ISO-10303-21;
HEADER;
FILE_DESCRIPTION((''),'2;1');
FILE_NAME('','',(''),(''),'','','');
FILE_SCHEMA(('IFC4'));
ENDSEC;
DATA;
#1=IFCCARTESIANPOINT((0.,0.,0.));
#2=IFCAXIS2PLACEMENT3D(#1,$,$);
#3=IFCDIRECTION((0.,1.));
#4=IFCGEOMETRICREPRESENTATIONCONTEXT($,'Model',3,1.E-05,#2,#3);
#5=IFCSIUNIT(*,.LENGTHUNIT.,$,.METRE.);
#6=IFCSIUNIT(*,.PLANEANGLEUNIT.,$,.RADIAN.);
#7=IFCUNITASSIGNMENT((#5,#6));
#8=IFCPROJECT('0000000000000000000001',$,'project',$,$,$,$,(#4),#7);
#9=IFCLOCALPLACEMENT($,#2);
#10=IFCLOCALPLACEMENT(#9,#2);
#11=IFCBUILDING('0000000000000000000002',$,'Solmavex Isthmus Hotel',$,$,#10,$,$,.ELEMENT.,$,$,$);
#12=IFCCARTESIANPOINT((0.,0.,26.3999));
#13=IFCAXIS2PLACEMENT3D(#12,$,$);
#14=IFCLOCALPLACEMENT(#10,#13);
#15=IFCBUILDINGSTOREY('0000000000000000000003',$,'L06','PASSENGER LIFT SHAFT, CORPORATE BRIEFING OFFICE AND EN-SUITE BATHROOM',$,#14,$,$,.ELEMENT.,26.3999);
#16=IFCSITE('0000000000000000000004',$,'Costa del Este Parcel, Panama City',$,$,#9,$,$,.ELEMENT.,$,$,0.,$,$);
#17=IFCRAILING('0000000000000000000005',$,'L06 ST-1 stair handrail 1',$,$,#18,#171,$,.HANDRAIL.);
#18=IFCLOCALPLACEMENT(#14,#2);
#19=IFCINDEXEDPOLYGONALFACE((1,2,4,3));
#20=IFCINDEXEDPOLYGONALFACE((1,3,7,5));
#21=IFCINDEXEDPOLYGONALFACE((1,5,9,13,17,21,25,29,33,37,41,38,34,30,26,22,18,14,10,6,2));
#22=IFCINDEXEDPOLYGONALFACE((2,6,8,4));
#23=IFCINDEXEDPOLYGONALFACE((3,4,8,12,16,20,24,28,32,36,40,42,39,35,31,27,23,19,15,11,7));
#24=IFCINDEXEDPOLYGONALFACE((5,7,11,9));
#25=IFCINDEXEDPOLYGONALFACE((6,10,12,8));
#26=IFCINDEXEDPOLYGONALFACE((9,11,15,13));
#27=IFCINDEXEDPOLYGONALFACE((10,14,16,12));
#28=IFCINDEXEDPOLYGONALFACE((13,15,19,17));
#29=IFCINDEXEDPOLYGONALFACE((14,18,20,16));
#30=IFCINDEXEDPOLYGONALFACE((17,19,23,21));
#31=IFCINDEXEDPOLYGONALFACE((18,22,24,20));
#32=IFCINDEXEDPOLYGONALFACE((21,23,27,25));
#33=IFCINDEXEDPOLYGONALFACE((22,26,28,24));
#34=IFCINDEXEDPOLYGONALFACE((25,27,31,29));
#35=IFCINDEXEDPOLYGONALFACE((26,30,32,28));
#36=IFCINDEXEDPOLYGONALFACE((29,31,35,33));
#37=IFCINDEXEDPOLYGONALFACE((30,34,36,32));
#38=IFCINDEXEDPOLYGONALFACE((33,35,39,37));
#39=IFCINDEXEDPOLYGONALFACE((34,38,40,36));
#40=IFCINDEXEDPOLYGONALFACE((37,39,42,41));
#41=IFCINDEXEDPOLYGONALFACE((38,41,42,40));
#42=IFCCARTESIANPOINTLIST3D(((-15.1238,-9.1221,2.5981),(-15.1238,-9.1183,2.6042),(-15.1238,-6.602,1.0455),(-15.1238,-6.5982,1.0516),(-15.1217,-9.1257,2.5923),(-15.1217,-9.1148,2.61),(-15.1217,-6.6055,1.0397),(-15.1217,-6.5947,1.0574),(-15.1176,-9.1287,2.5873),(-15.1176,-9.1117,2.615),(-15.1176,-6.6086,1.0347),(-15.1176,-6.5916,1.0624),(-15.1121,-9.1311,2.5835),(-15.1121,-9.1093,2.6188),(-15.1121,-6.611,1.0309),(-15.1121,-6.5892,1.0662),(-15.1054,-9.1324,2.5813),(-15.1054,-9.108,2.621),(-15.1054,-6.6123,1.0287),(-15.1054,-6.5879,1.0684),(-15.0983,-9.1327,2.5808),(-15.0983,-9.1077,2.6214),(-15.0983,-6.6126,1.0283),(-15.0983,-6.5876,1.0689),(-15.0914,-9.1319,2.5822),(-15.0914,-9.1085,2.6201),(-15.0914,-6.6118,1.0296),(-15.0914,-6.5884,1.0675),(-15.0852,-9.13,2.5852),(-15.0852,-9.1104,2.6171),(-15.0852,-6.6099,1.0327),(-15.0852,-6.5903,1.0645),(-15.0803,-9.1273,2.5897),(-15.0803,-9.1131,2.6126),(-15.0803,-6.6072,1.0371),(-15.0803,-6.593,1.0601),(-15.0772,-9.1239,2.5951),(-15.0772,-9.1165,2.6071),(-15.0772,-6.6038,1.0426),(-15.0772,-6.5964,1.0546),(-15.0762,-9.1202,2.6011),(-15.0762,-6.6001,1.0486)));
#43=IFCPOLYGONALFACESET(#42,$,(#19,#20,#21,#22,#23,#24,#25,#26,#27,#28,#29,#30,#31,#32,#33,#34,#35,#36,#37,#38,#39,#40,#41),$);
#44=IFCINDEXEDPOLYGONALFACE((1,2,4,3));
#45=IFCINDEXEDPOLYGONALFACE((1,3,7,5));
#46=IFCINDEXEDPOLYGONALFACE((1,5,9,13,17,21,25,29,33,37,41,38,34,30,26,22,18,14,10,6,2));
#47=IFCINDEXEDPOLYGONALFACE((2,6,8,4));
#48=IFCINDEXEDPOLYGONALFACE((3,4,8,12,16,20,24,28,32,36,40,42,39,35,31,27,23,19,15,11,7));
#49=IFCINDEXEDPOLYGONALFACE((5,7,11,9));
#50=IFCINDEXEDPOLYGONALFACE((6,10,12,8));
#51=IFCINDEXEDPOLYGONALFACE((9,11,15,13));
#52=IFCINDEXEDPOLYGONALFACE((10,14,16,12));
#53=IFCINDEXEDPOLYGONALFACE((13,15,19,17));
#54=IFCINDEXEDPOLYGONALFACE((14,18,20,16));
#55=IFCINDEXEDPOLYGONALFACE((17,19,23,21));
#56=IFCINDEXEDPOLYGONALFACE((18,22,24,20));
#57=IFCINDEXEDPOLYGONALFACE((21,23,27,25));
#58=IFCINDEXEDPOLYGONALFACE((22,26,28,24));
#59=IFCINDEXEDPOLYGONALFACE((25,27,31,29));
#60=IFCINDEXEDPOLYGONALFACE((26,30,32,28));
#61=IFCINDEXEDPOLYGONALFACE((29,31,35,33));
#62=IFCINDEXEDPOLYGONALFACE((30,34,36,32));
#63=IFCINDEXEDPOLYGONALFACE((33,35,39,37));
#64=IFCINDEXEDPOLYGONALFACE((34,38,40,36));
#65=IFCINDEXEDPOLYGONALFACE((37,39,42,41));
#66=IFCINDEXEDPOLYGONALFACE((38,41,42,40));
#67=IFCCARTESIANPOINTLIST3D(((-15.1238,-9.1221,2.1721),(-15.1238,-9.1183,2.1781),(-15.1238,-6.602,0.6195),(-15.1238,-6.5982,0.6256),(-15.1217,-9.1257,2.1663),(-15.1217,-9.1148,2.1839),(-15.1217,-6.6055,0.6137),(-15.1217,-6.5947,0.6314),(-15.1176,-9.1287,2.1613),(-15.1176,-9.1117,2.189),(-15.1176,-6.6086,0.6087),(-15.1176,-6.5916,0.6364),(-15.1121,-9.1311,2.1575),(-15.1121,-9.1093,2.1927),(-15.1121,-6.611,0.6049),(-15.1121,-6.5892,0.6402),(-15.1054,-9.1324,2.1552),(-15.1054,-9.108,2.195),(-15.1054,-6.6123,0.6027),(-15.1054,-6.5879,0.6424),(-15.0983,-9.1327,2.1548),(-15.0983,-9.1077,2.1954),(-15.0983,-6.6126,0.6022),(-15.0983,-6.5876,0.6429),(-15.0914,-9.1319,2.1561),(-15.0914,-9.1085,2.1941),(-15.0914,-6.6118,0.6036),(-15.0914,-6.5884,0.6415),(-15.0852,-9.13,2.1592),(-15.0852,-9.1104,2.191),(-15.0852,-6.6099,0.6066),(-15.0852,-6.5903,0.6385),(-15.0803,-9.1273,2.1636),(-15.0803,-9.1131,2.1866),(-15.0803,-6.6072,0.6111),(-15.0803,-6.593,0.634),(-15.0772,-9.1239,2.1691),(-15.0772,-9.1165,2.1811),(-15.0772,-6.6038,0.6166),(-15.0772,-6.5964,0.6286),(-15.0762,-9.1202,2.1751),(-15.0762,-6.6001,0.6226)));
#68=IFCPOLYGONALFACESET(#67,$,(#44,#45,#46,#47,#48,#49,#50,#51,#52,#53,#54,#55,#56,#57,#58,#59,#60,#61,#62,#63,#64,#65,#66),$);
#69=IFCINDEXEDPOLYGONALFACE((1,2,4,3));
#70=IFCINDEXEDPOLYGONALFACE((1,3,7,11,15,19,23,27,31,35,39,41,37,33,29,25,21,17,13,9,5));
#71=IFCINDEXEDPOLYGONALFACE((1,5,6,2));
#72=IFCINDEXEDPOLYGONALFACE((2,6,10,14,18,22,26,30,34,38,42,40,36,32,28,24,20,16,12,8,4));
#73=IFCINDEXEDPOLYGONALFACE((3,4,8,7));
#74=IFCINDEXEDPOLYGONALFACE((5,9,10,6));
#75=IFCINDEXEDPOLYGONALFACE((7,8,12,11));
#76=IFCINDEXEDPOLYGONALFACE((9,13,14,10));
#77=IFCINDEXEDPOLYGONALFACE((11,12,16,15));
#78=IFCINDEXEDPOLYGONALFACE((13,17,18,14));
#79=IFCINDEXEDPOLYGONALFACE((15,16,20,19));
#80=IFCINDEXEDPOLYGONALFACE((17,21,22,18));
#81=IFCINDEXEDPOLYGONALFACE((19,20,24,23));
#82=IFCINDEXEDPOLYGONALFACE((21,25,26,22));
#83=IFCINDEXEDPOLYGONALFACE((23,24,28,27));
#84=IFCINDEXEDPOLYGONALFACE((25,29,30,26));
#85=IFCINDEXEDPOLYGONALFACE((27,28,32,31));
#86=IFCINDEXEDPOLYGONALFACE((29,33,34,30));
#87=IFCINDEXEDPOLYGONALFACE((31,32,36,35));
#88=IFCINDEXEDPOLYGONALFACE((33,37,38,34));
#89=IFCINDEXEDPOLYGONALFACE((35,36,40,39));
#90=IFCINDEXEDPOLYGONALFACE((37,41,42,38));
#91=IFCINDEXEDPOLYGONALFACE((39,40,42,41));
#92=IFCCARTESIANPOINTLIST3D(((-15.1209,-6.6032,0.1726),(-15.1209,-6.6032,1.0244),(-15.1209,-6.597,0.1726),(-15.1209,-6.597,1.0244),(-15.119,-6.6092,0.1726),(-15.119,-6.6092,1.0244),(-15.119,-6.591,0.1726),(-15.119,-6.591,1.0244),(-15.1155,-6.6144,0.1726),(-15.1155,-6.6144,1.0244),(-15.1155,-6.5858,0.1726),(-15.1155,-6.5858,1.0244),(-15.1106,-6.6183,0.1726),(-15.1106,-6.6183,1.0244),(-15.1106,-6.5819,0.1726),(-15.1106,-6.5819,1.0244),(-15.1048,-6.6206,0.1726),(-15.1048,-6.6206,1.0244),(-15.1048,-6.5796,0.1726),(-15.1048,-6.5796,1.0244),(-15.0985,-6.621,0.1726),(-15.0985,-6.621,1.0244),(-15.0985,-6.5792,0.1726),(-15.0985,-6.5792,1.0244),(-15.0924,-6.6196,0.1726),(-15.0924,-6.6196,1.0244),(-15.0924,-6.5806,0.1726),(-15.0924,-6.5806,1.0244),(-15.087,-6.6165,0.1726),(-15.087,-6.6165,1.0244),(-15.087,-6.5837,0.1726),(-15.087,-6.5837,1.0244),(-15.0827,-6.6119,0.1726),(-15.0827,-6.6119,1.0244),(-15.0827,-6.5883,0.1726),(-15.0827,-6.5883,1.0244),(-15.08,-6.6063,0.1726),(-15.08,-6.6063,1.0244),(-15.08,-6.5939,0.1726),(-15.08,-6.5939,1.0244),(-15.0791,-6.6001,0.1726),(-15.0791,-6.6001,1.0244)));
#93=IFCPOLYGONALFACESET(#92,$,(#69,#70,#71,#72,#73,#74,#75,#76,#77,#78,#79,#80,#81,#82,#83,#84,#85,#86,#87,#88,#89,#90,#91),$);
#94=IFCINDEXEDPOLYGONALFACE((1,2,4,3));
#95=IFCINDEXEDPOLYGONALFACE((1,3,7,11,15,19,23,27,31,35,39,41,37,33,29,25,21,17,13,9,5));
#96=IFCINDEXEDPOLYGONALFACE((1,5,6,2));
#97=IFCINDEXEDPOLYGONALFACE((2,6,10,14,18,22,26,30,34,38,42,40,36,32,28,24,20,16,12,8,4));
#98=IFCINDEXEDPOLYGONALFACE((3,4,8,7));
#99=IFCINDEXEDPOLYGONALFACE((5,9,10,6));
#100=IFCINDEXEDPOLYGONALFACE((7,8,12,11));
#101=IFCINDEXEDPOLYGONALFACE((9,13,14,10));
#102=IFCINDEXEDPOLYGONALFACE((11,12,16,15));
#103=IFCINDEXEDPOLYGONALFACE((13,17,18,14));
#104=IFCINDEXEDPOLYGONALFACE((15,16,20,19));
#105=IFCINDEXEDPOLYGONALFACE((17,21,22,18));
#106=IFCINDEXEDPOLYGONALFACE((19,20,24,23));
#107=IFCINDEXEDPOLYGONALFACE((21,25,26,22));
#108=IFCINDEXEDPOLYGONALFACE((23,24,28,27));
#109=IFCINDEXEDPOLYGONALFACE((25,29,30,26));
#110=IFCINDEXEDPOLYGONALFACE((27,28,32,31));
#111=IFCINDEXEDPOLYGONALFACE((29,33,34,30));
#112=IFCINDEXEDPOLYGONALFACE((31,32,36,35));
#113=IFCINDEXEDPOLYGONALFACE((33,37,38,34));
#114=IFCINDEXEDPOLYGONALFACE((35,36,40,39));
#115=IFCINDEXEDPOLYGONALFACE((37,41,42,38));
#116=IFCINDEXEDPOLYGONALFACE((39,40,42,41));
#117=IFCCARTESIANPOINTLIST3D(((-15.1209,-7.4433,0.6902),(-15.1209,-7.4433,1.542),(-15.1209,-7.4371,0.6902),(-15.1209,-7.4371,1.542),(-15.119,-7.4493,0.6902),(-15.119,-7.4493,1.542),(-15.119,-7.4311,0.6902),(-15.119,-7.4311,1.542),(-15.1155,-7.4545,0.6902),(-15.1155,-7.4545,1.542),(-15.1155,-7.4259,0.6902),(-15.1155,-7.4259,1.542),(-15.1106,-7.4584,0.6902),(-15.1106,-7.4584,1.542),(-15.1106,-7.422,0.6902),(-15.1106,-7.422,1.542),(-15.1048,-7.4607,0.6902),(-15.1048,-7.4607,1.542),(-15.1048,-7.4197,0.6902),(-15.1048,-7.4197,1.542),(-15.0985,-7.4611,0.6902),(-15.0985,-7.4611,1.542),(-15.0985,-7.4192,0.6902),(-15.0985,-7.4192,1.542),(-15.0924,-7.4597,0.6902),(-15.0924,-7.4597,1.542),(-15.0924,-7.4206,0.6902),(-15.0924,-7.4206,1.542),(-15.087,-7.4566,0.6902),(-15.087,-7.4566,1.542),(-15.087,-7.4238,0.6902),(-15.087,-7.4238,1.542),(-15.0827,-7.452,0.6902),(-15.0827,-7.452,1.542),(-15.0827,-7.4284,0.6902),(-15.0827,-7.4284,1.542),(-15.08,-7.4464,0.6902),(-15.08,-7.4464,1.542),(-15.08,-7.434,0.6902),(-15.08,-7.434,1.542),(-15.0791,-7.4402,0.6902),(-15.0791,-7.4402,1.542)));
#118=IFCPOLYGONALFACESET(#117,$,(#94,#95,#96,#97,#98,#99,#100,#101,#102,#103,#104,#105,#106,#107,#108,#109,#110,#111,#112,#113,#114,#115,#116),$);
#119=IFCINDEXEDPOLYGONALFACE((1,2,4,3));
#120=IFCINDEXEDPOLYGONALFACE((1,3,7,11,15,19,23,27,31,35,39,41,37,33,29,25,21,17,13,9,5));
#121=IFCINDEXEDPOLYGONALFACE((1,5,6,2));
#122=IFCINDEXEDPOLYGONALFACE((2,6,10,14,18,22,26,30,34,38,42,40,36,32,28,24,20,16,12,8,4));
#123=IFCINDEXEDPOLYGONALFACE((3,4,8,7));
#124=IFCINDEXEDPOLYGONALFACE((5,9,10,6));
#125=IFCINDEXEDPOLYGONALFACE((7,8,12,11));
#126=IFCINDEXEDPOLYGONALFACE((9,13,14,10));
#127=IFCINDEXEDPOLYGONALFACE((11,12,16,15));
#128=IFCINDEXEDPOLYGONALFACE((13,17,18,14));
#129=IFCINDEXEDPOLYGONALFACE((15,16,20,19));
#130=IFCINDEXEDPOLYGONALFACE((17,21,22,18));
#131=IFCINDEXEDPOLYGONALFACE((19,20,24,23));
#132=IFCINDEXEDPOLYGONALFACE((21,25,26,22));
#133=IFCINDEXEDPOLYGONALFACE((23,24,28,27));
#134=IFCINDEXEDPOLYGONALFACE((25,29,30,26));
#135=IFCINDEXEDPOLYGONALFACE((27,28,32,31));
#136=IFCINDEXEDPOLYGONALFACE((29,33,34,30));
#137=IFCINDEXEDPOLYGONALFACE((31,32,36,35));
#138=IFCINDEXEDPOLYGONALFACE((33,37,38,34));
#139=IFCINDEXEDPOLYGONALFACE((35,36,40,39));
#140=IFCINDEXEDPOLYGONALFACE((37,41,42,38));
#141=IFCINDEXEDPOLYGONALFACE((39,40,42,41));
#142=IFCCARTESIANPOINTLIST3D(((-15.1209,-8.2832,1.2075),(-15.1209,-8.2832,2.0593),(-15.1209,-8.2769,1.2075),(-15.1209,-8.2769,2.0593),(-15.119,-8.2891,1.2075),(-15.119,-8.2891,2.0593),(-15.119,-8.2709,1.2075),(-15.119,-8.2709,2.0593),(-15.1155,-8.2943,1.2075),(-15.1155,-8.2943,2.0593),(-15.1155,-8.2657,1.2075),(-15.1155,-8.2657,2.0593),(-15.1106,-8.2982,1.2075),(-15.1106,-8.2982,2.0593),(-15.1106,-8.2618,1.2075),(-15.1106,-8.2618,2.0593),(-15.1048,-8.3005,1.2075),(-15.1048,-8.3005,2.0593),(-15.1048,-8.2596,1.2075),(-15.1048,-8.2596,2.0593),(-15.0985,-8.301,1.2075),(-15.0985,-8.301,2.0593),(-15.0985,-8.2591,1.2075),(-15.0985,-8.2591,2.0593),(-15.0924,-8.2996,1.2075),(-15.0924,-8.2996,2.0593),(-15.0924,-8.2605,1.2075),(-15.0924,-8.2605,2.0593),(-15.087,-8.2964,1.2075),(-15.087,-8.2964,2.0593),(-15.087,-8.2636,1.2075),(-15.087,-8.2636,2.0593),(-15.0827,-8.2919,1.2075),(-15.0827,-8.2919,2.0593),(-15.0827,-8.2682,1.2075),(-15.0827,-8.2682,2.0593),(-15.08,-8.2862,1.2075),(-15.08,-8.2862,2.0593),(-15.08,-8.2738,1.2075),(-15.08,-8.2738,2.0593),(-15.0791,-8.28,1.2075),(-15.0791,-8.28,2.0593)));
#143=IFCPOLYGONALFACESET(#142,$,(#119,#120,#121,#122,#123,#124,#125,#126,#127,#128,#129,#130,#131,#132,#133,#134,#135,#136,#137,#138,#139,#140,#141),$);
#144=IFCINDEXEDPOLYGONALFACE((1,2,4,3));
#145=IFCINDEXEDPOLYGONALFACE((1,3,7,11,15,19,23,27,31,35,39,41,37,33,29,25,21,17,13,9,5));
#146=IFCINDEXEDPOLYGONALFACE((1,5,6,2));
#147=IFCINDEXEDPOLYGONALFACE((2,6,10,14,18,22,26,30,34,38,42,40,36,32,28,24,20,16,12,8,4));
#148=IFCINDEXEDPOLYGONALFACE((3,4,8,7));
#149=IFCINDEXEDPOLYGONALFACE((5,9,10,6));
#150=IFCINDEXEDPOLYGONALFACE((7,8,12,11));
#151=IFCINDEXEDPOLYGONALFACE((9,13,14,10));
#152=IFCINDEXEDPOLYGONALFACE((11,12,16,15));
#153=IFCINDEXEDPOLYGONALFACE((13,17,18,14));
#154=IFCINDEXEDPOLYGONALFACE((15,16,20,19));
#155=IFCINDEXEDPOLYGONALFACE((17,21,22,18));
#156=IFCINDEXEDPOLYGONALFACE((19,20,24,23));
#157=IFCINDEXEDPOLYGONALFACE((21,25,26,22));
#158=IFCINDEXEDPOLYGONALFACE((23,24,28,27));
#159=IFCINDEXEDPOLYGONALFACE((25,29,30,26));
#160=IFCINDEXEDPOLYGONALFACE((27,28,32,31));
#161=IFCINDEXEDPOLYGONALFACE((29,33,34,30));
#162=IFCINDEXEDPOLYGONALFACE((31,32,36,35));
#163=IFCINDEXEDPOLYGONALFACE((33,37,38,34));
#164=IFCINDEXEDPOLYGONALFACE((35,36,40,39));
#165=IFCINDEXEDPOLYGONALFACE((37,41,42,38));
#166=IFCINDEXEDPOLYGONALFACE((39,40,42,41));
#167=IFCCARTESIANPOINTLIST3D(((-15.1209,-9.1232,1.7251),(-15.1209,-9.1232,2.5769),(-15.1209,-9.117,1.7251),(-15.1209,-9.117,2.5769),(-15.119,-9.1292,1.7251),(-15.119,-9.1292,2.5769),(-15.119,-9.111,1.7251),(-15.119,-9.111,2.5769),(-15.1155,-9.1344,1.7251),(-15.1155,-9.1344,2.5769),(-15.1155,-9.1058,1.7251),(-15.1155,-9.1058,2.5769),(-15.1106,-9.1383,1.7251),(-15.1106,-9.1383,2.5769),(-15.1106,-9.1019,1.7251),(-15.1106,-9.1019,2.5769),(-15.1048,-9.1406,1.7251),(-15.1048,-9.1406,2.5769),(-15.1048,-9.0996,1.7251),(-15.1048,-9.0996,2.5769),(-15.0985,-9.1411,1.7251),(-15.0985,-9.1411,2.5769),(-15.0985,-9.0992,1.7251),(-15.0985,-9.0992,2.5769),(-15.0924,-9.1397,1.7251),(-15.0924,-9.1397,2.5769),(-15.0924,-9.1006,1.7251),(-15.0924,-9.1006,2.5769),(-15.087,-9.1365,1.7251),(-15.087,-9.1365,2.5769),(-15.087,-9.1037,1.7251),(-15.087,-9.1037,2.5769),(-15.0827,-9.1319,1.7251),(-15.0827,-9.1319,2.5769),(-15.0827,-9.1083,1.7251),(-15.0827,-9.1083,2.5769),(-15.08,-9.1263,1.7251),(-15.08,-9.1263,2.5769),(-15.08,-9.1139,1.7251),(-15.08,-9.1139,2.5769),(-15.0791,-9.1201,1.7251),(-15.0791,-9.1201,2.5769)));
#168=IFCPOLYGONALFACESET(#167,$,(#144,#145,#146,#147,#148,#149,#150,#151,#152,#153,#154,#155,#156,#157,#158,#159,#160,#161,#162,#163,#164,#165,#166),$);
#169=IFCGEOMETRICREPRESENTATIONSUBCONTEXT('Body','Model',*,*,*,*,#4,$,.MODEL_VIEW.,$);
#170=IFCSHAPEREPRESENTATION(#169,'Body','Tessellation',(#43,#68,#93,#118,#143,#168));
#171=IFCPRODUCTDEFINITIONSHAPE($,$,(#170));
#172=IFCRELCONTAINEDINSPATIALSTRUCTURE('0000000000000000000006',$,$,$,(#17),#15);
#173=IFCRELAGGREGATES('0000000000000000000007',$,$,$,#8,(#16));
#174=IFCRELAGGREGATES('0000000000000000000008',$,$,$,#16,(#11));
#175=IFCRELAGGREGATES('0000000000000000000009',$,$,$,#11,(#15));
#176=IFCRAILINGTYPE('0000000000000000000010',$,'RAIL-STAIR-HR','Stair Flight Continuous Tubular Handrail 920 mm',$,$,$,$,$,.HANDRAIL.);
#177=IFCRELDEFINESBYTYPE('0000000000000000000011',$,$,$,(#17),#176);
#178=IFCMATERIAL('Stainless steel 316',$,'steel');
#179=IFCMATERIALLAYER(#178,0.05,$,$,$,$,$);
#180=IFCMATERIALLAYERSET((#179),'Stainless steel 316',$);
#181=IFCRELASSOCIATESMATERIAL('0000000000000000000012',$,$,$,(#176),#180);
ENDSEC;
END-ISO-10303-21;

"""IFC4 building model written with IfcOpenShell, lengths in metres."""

from ifc_helpers import new_model, si_unit, direction, frame, origin, origin_2d, place, context, subcontext, project, spatial, circle, extrude, material, layer, layer_set, type_object, element, save


model = new_model("IFC4")

# Units and contexts
model_context = context("Model", 3, precision=1e-05, world=origin(), true_north=direction((0.0, 1.0)))
body_context = subcontext(model_context, "Body", "Model", "MODEL_VIEW")
ifc_project = project(units=[si_unit("LENGTHUNIT", "METRE"), si_unit("PLANEANGLEUNIT", "RADIAN")], contexts=[model_context])

# Site, building, storey
site_placement = place(None, origin())
site = spatial("IfcSite", under=ifc_project, at=site_placement, Name="Costa del Este Parcel, Panama City", CompositionType="ELEMENT", RefElevation=0.0)
building_placement = place(site_placement, origin())
building = spatial("IfcBuilding", under=site, at=building_placement, Name="Solmavex Isthmus Hotel", CompositionType="ELEMENT")
storey_placement = place(building_placement, frame((0.0, 0.0, 26.3999)))
storey = spatial("IfcBuildingStorey", under=building, at=storey_placement, Name="L06", Description="PASSENGER LIFT SHAFT, CORPORATE BRIEFING OFFICE AND EN-SUITE BATHROOM", CompositionType="ELEMENT", Elevation=26.3999)

# Shared definitions
ifc_material_1 = material(Name="Stainless steel 316", Category="steel")

# Railing
ifc_layer_1 = layer(ifc_material_1, 0.05)
ifc_layer_set_1 = layer_set([ifc_layer_1], Name="Stainless steel 316")
railing_type_1 = type_object("IfcRailingType", Name="RAIL-STAIR-HR", Description="Stair Flight Continuous Tubular Handrail 920 mm", PredefinedType="HANDRAIL", material=ifc_layer_set_1)
railing_1_placement = place(storey_placement, frame((-15.1001, -6.6001, 0.1726)))
element("IfcRailing", 1, at=railing_1_placement, inside=storey, type_object=railing_type_1, Name="L06 ST-1 stair handrail 1", PredefinedType="HANDRAIL", context=body_context, shape_type="SweptSolid", body=[
    extrude(circle(Radius=0.0239, at=origin_2d()), frame((0.0, 0.0, 0.876), z_axis=(0.0, -0.8514, 0.524516), x_axis=(1.0, 0.0, 0.0)), (0.0, 0.0, 1.0), 2.96),
    extrude(circle(Radius=0.0239, at=origin_2d()), frame((0.0, 0.0, 0.45), z_axis=(0.0, -0.8514, 0.524516), x_axis=(1.0, 0.0, 0.0)), (0.0, 0.0, 1.0), 2.96),
    extrude(circle(Radius=0.021, at=origin_2d()), origin(), (0.0, 0.0, 1.0), 0.8518),
    extrude(circle(Radius=0.021, at=origin_2d()), frame((0.0, -0.8401, 0.5176)), (0.0, 0.0, 1.0), 0.8518),
    extrude(circle(Radius=0.021, at=origin_2d()), frame((0.0, -1.6799, 1.0349)), (0.0, 0.0, 1.0), 0.8518),
    extrude(circle(Radius=0.021, at=origin_2d()), frame((0.0, -2.52, 1.5525)), (0.0, 0.0, 1.0), 0.8518),
])

save(model, "model.ifc")
